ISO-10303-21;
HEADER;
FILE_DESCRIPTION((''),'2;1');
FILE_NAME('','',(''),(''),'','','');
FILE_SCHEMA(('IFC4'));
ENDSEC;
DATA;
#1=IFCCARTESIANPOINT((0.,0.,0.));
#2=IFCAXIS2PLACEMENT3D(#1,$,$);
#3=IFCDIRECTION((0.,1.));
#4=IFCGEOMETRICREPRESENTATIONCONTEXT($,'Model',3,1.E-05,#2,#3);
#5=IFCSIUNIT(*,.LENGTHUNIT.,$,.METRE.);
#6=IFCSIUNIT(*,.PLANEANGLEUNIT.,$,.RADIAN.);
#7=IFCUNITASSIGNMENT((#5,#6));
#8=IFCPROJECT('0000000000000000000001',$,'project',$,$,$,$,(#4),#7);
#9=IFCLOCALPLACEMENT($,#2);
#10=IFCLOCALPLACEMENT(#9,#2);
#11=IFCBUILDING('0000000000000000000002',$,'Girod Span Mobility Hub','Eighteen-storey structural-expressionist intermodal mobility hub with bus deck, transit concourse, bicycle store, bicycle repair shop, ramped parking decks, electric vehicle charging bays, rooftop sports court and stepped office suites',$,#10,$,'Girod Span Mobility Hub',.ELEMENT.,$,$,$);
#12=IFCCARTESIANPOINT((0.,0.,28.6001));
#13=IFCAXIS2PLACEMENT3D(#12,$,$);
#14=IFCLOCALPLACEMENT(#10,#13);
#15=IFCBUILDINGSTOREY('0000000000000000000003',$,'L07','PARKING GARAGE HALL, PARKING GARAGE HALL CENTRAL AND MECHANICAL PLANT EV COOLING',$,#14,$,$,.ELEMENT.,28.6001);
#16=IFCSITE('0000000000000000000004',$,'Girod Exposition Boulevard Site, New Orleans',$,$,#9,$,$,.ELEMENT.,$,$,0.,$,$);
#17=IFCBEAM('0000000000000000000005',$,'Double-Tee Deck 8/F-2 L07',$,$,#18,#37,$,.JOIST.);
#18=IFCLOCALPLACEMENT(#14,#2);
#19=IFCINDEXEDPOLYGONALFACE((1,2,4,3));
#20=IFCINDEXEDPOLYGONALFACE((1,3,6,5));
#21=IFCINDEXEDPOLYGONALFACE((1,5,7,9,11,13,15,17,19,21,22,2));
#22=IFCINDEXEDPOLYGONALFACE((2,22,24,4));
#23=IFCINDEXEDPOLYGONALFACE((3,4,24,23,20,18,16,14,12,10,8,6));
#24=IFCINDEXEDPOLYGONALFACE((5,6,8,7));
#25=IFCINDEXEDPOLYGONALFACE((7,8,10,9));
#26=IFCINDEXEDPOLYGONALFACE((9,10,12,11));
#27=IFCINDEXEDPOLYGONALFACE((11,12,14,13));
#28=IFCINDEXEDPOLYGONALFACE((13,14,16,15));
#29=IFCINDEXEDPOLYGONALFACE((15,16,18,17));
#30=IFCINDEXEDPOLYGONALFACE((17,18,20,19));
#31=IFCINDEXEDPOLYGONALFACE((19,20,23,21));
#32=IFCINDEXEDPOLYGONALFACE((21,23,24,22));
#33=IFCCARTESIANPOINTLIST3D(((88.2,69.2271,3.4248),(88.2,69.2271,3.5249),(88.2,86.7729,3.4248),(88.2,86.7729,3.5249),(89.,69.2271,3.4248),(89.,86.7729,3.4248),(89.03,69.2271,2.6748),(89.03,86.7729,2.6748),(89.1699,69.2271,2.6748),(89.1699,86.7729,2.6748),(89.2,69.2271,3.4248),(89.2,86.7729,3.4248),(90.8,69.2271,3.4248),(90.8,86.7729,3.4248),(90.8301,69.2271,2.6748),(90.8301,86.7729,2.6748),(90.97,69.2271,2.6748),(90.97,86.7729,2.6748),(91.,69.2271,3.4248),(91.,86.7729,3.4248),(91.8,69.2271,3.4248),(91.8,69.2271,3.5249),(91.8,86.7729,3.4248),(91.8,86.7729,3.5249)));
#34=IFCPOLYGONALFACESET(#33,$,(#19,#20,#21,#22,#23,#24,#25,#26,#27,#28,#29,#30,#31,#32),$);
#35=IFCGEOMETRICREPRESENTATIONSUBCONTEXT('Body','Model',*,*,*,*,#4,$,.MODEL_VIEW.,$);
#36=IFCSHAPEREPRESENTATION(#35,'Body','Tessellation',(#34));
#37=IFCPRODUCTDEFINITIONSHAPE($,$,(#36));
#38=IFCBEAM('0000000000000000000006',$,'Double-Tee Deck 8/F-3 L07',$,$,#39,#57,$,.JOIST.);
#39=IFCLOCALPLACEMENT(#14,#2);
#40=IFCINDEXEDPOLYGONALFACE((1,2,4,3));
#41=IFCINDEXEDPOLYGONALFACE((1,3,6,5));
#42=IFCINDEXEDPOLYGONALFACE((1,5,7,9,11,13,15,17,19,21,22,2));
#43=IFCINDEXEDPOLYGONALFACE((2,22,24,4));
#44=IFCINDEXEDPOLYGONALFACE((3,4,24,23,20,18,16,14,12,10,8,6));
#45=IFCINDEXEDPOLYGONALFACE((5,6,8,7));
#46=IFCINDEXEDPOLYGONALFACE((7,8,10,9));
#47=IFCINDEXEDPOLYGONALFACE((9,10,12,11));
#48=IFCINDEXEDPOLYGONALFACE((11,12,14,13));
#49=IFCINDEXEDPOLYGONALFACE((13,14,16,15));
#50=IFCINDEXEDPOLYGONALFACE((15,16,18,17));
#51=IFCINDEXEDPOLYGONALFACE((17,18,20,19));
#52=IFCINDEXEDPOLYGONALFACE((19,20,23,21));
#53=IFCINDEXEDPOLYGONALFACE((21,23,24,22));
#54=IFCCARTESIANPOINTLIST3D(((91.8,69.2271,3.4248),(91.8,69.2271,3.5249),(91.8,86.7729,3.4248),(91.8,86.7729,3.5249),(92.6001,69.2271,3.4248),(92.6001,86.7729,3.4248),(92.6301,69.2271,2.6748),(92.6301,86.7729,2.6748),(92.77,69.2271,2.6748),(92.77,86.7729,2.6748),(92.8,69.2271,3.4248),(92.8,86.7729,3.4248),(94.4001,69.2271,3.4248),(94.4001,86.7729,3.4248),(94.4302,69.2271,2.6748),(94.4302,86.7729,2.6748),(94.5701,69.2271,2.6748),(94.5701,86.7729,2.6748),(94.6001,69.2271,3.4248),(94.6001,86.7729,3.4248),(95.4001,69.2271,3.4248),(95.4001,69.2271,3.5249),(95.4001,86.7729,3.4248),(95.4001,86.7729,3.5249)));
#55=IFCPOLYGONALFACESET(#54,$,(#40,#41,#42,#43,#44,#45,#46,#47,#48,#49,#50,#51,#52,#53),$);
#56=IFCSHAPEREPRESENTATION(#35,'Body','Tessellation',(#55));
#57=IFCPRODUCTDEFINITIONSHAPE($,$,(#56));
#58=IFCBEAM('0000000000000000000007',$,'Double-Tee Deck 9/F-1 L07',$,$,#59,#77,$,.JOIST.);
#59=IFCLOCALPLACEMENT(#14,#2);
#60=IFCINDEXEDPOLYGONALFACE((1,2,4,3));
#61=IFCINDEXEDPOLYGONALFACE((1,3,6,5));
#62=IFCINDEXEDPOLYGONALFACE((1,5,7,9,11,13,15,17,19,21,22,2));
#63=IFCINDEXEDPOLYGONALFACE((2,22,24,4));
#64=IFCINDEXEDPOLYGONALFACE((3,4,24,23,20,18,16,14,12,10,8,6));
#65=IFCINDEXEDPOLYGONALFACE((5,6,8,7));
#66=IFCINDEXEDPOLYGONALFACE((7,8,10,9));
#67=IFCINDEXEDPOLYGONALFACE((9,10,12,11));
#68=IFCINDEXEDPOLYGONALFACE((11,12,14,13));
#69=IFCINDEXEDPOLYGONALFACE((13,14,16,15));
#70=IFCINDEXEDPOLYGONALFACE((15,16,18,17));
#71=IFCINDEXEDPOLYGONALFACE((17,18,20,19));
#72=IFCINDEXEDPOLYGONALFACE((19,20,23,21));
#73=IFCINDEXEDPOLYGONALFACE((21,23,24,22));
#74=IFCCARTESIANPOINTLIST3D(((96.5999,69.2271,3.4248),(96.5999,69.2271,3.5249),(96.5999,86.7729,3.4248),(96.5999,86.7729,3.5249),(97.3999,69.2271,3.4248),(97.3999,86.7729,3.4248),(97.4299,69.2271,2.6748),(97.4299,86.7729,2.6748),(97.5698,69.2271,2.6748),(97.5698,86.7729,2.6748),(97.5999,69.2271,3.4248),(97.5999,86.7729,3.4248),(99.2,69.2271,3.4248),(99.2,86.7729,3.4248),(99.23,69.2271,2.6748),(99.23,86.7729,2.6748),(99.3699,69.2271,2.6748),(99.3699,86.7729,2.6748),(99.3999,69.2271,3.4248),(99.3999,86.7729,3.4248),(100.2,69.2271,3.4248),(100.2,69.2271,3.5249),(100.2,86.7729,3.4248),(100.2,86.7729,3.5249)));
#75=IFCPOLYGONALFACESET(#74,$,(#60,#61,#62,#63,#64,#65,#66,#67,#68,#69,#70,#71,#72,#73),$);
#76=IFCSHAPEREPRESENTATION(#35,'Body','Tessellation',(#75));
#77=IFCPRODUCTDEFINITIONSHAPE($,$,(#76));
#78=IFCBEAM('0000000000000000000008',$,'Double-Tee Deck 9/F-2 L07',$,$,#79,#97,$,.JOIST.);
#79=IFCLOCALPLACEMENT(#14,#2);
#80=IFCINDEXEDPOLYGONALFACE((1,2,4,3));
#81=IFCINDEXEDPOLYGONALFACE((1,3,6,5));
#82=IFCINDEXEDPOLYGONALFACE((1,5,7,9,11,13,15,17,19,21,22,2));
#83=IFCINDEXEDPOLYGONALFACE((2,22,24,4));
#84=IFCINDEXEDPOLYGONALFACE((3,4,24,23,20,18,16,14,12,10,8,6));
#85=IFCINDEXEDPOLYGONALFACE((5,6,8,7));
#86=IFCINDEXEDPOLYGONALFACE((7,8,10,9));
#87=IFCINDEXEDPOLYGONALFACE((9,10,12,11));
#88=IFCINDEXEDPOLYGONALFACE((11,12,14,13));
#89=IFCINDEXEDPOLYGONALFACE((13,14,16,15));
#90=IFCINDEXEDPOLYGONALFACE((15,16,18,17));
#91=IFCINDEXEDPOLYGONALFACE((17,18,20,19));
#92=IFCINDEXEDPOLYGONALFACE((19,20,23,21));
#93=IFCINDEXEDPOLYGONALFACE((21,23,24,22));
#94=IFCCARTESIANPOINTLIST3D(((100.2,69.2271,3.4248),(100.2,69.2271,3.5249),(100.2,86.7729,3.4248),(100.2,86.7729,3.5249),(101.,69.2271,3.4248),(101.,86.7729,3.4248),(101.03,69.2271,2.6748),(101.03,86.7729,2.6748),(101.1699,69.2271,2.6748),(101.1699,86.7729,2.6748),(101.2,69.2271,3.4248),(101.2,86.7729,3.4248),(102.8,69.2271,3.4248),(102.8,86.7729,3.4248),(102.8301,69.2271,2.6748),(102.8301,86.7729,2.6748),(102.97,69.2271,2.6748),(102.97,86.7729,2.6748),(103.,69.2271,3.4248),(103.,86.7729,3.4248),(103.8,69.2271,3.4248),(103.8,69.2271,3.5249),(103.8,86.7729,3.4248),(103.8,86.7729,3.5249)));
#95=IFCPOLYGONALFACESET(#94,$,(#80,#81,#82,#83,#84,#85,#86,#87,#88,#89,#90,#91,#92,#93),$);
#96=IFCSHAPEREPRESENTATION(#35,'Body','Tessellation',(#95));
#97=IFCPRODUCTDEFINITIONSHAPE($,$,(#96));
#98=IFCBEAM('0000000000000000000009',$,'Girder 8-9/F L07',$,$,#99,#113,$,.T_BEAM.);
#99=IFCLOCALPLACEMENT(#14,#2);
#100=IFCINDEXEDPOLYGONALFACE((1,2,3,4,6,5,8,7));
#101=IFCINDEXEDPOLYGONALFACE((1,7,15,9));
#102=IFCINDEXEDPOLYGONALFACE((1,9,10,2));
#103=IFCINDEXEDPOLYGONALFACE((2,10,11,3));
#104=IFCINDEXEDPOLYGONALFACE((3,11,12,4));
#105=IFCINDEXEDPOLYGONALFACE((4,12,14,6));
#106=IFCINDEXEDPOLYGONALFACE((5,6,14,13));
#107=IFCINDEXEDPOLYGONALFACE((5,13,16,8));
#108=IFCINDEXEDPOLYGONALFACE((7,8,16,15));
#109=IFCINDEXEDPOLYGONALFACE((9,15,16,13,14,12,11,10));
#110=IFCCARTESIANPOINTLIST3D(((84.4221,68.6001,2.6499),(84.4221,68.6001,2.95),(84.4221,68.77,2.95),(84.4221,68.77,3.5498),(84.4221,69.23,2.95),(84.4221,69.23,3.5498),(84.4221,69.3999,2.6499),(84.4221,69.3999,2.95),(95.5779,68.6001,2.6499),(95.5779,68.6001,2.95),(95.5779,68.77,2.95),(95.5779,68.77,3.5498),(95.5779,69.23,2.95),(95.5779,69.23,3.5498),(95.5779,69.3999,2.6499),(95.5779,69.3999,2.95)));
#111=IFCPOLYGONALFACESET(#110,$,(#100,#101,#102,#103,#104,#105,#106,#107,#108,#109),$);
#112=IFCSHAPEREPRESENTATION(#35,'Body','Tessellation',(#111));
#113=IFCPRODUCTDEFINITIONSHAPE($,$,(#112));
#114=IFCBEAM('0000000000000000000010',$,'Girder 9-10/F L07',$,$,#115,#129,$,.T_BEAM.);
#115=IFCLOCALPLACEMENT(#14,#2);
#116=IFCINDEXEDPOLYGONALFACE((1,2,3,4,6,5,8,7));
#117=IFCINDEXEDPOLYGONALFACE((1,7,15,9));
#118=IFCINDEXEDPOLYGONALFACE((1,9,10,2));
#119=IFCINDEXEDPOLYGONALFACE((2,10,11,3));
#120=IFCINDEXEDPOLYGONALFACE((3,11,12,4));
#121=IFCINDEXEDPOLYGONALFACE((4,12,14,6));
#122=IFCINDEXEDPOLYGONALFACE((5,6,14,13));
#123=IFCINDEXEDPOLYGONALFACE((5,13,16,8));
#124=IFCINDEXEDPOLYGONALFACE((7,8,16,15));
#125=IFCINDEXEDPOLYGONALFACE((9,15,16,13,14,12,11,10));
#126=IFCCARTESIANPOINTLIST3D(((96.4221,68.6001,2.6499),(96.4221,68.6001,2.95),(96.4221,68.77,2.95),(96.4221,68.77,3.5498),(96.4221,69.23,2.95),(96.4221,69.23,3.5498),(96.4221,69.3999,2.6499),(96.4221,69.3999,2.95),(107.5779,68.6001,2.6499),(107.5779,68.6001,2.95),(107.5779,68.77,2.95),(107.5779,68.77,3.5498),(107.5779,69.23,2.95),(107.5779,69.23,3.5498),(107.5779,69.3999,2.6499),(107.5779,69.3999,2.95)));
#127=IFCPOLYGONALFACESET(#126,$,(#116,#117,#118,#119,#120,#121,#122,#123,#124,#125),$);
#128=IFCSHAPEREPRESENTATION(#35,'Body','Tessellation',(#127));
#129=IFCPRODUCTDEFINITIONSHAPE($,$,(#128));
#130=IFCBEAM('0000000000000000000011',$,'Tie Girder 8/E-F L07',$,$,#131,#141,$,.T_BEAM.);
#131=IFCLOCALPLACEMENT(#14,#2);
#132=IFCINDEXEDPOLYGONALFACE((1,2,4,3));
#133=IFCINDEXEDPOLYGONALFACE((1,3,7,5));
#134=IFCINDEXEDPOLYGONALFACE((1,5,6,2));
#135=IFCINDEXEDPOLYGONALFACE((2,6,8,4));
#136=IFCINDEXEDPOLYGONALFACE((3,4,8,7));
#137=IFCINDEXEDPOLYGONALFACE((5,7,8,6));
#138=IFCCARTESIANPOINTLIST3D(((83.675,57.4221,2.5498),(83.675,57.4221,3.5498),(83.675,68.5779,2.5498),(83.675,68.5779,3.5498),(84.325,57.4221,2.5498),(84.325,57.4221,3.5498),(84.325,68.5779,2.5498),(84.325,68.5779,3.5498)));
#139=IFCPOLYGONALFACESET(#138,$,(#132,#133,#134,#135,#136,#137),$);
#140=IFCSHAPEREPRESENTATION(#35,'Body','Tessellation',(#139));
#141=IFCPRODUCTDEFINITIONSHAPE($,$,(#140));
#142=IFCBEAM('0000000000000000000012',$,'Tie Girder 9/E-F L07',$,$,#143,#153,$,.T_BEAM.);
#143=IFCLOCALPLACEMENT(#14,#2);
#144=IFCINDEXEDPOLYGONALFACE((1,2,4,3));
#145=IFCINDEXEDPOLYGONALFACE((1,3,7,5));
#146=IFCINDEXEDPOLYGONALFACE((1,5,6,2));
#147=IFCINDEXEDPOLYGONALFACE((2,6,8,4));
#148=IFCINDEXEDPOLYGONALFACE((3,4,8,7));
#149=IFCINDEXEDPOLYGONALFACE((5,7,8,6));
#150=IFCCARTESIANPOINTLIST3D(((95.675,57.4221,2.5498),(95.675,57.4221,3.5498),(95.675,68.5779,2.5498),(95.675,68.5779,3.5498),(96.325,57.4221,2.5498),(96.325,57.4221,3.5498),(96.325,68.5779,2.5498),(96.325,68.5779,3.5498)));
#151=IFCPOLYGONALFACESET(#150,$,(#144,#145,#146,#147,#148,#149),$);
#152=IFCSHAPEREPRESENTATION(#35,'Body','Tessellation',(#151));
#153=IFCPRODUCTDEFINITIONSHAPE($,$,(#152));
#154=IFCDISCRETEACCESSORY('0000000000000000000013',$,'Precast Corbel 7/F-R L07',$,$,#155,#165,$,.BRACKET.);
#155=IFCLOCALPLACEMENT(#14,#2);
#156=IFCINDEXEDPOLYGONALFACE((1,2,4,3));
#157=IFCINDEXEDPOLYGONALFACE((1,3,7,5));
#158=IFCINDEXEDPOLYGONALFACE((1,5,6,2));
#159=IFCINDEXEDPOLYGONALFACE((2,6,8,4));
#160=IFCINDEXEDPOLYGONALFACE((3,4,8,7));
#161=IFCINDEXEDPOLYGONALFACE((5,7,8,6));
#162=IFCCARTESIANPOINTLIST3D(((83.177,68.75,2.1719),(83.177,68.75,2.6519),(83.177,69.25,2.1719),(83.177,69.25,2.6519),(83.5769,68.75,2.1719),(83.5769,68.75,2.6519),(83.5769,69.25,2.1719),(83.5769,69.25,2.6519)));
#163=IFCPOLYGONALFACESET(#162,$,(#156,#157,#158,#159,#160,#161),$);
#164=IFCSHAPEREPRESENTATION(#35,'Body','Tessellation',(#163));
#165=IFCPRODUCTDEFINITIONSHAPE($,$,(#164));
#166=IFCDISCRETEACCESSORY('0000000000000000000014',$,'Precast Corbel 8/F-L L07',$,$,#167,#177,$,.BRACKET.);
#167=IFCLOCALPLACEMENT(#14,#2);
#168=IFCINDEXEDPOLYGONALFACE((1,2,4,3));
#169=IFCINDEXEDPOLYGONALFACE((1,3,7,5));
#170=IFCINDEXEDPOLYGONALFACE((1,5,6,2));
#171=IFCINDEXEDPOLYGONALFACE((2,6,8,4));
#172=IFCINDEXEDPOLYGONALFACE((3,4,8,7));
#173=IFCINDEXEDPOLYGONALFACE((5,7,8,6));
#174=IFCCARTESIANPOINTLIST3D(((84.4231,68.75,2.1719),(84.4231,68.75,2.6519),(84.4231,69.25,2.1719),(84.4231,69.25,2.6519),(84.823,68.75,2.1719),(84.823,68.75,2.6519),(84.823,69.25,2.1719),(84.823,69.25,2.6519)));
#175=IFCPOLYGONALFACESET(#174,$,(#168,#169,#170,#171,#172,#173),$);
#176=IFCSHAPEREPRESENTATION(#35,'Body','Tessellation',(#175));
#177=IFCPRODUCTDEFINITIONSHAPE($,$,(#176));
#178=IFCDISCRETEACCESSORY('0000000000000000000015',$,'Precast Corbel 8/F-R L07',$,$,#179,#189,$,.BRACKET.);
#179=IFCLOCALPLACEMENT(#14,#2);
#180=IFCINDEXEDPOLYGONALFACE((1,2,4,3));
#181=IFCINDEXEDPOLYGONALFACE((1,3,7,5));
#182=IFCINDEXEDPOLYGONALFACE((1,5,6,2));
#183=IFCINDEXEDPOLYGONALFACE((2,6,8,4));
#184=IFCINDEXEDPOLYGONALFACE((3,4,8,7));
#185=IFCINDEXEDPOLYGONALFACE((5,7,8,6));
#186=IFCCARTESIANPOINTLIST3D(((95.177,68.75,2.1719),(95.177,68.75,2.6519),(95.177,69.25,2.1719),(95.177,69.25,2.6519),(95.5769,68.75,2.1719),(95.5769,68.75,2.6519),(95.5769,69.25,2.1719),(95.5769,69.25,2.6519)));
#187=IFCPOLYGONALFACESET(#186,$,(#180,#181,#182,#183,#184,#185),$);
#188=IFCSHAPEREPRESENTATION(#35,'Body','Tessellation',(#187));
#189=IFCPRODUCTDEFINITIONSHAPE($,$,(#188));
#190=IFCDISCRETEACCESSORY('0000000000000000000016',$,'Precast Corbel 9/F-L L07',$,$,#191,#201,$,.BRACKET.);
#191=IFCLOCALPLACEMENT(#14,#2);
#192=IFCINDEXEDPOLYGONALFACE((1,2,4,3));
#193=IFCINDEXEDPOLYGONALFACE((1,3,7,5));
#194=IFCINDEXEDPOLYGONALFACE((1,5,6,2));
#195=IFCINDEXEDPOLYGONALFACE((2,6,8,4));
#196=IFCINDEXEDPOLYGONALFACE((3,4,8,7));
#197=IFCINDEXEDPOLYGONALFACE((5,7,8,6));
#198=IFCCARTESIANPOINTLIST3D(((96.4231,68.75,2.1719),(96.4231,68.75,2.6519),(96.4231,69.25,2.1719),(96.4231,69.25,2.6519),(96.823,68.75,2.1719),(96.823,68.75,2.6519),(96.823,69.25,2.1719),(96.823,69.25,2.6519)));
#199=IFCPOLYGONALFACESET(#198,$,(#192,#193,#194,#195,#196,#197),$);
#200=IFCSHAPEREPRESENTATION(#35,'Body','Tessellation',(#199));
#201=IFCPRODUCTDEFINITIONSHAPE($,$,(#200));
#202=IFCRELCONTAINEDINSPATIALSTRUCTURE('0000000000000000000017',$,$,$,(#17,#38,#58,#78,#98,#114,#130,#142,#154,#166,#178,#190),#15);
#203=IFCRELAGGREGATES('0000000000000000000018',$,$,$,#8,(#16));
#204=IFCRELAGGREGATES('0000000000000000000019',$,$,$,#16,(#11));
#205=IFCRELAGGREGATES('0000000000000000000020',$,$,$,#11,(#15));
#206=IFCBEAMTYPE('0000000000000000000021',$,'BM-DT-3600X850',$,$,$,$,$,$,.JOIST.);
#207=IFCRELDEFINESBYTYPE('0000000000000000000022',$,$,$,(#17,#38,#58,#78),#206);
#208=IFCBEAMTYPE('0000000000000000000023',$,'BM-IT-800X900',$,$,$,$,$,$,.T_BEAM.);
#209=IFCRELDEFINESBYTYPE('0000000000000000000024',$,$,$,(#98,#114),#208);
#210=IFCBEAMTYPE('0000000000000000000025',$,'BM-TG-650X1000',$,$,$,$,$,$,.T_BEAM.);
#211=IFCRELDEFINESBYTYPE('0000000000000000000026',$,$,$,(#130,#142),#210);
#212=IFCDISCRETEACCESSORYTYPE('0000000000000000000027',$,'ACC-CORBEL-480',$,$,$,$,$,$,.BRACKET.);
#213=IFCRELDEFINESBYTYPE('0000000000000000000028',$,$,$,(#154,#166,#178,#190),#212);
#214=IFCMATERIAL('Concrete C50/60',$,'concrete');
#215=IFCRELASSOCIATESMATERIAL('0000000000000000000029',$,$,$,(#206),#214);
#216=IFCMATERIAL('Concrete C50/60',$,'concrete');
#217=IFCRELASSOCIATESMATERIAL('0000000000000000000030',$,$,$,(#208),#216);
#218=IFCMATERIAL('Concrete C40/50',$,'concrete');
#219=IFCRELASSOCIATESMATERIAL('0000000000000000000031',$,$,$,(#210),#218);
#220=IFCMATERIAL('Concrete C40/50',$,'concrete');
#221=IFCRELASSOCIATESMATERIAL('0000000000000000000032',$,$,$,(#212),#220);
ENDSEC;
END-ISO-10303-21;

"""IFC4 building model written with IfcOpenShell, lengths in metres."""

from ifc_helpers import new_model, si_unit, direction, frame, origin, origin_2d, place, context, subcontext, project, spatial, polyline, rectangle, outline, extrude, material, material_profile, profile_set, type_object, element, save


model = new_model("IFC4")

# Units and contexts
model_context = context("Model", 3, precision=1e-05, world=origin(), true_north=direction((0.0, 1.0)))
body_context = subcontext(model_context, "Body", "Model", "MODEL_VIEW")
ifc_project = project(units=[si_unit("LENGTHUNIT", "METRE"), si_unit("PLANEANGLEUNIT", "RADIAN")], contexts=[model_context])

# Site, building, storey
site_placement = place(None, origin())
site = spatial("IfcSite", under=ifc_project, at=site_placement, Name="Girod Exposition Boulevard Site, New Orleans", CompositionType="ELEMENT", RefElevation=0.0)
building_placement = place(site_placement, origin())
building = spatial("IfcBuilding", under=site, at=building_placement, Name="Girod Span Mobility Hub", Description="Eighteen-storey structural-expressionist intermodal mobility hub with bus deck, transit concourse, bicycle store, bicycle repair shop, ramped parking decks, electric vehicle charging bays, rooftop sports court and stepped office suites", LongName="Girod Span Mobility Hub", CompositionType="ELEMENT")
storey_placement = place(building_placement, frame((0.0, 0.0, 28.6001)))
storey = spatial("IfcBuildingStorey", under=building, at=storey_placement, Name="L07", Description="PARKING GARAGE HALL, PARKING GARAGE HALL CENTRAL AND MECHANICAL PLANT EV COOLING", CompositionType="ELEMENT", Elevation=28.6001)

# Beams
ifc_material_1 = material(Name="Concrete C50/60", Category="concrete")
ifc_material_profile_1 = material_profile(ifc_material_1, outline(polyline([(-1.8, 0.425), (-1.8, 0.325), (-1.0, 0.325), (-0.97, -0.425), (-0.8301, -0.425), (-0.8, 0.325), (0.8, 0.325), (0.8301, -0.425), (0.97, -0.425), (1.0, 0.325), (1.8, 0.325), (1.8, 0.425), (-1.8, 0.425)])), Name="DT-3600X850")
ifc_profile_set_1 = profile_set([ifc_material_profile_1], Name="Concrete C50/60")
beam_type_1 = type_object("IfcBeamType", Name="BM-DT-3600X850", PredefinedType="JOIST", material=ifc_profile_set_1)
for number, where, z_axis, x_axis, name in (
    (1, (90.0, 69.2271, 3.0999), (0.0, 1.0, 0.0), (-1.0, 0.0, 0.0), "Double-Tee Deck 8/F-2 L07"),
    (2, (93.6001, 69.2271, 3.0999), (0.0, 1.0, 0.0), (-1.0, 0.0, 0.0), "Double-Tee Deck 8/F-3 L07"),
    (3, (98.3999, 69.2271, 3.0999), (0.0, 1.0, 0.0), (-1.0, 0.0, 0.0), "Double-Tee Deck 9/F-1 L07"),
    (4, (102.0, 69.2271, 3.0999), (0.0, 1.0, 0.0), (-1.0, 0.0, 0.0), "Double-Tee Deck 9/F-2 L07"),
):
    element("IfcBeam", number, at=place(storey_placement, frame(where, z_axis=z_axis, x_axis=x_axis)), inside=storey, type_object=beam_type_1, Name=name, PredefinedType="JOIST", context=body_context, shape_type="SweptSolid", body=[
        extrude(outline(polyline([(-1.8, 0.425), (-1.8, 0.325), (-1.0, 0.325), (-0.97, -0.425), (-0.8301, -0.425), (-0.8, 0.325), (0.8, 0.325), (0.8301, -0.425), (0.97, -0.425), (1.0, 0.325), (1.8, 0.325), (1.8, 0.425), (-1.8, 0.425)])), origin(), (0.0, 0.0, 1.0), 17.5459),
    ])
ifc_material_2 = material(Name="Concrete C50/60", Category="concrete")
ifc_material_profile_2 = material_profile(ifc_material_2, outline(polyline([(-0.3999, -0.45), (0.3999, -0.45), (0.3999, -0.1499), (0.23, -0.1499), (0.23, 0.45), (-0.23, 0.45), (-0.23, -0.1499), (-0.3999, -0.1499), (-0.3999, -0.45)])), Name="IT-800X900")
ifc_profile_set_2 = profile_set([ifc_material_profile_2], Name="Concrete C50/60")
beam_type_2 = type_object("IfcBeamType", Name="BM-IT-800X900", PredefinedType="T_BEAM", material=ifc_profile_set_2)
for number, where, z_axis, x_axis, name in (
    (5, (84.4221, 69.0, 3.0999), (1.0, 0.0, 0.0), (0.0, 1.0, 0.0), "Girder 8-9/F L07"),
    (6, (96.4221, 69.0, 3.0999), (1.0, 0.0, 0.0), (0.0, 1.0, 0.0), "Girder 9-10/F L07"),
):
    element("IfcBeam", number, at=place(storey_placement, frame(where, z_axis=z_axis, x_axis=x_axis)), inside=storey, type_object=beam_type_2, Name=name, PredefinedType="T_BEAM", context=body_context, shape_type="SweptSolid", body=[
        extrude(outline(polyline([(-0.3999, -0.45), (0.3999, -0.45), (0.3999, -0.1499), (0.23, -0.1499), (0.23, 0.45), (-0.23, 0.45), (-0.23, -0.1499), (-0.3999, -0.1499), (-0.3999, -0.45)])), origin(), (0.0, 0.0, 1.0), 11.1558),
    ])
ifc_material_3 = material(Name="Concrete C40/50", Category="concrete")
ifc_material_profile_3 = material_profile(ifc_material_3, rectangle(XDim=0.6499, YDim=1.0, at=origin_2d()), Name="TG-650X1000")
ifc_profile_set_3 = profile_set([ifc_material_profile_3], Name="Concrete C40/50")
beam_type_3 = type_object("IfcBeamType", Name="BM-TG-650X1000", PredefinedType="T_BEAM", material=ifc_profile_set_3)
for number, where, z_axis, x_axis, name in (
    (7, (84.0, 57.4221, 3.0498), (0.0, 1.0, 0.0), (-1.0, 0.0, 0.0), "Tie Girder 8/E-F L07"),
    (8, (96.0, 57.4221, 3.0498), (0.0, 1.0, 0.0), (-1.0, 0.0, 0.0), "Tie Girder 9/E-F L07"),
):
    element("IfcBeam", number, at=place(storey_placement, frame(where, z_axis=z_axis, x_axis=x_axis)), inside=storey, type_object=beam_type_3, Name=name, PredefinedType="T_BEAM", context=body_context, shape_type="SweptSolid", body=[
        extrude(rectangle(XDim=0.6499, YDim=1.0, at=origin_2d()), origin(), (0.0, 0.0, 1.0), 11.1558),
    ])

# Discrete accessories
ifc_material_4 = material(Name="Concrete C40/50", Category="concrete")
discrete_accessory_type = type_object("IfcDiscreteAccessoryType", Name="ACC-CORBEL-480", PredefinedType="BRACKET", material=ifc_material_4)
for number, where, z_axis, x_axis, name in (
    (9, (83.377, 69.0, 2.1719), (0.0, 0.0, 1.0), (1.0, 0.0, 0.0), "Precast Corbel 7/F-R L07"),
    (10, (84.623, 69.0, 2.1719), (0.0, 0.0, 1.0), (1.0, 0.0, 0.0), "Precast Corbel 8/F-L L07"),
    (11, (95.377, 69.0, 2.1719), (0.0, 0.0, 1.0), (1.0, 0.0, 0.0), "Precast Corbel 8/F-R L07"),
    (12, (96.623, 69.0, 2.1719), (0.0, 0.0, 1.0), (1.0, 0.0, 0.0), "Precast Corbel 9/F-L L07"),
):
    element("IfcDiscreteAccessory", number, at=place(storey_placement, frame(where, z_axis=z_axis, x_axis=x_axis)), inside=storey, type_object=discrete_accessory_type, Name=name, PredefinedType="BRACKET", context=body_context, shape_type="SweptSolid", body=[
        extrude(rectangle(XDim=0.3999, YDim=0.5, at=origin_2d()), origin(), (0.0, 0.0, 1.0), 0.48),
    ])

save(model, "model.ifc")
